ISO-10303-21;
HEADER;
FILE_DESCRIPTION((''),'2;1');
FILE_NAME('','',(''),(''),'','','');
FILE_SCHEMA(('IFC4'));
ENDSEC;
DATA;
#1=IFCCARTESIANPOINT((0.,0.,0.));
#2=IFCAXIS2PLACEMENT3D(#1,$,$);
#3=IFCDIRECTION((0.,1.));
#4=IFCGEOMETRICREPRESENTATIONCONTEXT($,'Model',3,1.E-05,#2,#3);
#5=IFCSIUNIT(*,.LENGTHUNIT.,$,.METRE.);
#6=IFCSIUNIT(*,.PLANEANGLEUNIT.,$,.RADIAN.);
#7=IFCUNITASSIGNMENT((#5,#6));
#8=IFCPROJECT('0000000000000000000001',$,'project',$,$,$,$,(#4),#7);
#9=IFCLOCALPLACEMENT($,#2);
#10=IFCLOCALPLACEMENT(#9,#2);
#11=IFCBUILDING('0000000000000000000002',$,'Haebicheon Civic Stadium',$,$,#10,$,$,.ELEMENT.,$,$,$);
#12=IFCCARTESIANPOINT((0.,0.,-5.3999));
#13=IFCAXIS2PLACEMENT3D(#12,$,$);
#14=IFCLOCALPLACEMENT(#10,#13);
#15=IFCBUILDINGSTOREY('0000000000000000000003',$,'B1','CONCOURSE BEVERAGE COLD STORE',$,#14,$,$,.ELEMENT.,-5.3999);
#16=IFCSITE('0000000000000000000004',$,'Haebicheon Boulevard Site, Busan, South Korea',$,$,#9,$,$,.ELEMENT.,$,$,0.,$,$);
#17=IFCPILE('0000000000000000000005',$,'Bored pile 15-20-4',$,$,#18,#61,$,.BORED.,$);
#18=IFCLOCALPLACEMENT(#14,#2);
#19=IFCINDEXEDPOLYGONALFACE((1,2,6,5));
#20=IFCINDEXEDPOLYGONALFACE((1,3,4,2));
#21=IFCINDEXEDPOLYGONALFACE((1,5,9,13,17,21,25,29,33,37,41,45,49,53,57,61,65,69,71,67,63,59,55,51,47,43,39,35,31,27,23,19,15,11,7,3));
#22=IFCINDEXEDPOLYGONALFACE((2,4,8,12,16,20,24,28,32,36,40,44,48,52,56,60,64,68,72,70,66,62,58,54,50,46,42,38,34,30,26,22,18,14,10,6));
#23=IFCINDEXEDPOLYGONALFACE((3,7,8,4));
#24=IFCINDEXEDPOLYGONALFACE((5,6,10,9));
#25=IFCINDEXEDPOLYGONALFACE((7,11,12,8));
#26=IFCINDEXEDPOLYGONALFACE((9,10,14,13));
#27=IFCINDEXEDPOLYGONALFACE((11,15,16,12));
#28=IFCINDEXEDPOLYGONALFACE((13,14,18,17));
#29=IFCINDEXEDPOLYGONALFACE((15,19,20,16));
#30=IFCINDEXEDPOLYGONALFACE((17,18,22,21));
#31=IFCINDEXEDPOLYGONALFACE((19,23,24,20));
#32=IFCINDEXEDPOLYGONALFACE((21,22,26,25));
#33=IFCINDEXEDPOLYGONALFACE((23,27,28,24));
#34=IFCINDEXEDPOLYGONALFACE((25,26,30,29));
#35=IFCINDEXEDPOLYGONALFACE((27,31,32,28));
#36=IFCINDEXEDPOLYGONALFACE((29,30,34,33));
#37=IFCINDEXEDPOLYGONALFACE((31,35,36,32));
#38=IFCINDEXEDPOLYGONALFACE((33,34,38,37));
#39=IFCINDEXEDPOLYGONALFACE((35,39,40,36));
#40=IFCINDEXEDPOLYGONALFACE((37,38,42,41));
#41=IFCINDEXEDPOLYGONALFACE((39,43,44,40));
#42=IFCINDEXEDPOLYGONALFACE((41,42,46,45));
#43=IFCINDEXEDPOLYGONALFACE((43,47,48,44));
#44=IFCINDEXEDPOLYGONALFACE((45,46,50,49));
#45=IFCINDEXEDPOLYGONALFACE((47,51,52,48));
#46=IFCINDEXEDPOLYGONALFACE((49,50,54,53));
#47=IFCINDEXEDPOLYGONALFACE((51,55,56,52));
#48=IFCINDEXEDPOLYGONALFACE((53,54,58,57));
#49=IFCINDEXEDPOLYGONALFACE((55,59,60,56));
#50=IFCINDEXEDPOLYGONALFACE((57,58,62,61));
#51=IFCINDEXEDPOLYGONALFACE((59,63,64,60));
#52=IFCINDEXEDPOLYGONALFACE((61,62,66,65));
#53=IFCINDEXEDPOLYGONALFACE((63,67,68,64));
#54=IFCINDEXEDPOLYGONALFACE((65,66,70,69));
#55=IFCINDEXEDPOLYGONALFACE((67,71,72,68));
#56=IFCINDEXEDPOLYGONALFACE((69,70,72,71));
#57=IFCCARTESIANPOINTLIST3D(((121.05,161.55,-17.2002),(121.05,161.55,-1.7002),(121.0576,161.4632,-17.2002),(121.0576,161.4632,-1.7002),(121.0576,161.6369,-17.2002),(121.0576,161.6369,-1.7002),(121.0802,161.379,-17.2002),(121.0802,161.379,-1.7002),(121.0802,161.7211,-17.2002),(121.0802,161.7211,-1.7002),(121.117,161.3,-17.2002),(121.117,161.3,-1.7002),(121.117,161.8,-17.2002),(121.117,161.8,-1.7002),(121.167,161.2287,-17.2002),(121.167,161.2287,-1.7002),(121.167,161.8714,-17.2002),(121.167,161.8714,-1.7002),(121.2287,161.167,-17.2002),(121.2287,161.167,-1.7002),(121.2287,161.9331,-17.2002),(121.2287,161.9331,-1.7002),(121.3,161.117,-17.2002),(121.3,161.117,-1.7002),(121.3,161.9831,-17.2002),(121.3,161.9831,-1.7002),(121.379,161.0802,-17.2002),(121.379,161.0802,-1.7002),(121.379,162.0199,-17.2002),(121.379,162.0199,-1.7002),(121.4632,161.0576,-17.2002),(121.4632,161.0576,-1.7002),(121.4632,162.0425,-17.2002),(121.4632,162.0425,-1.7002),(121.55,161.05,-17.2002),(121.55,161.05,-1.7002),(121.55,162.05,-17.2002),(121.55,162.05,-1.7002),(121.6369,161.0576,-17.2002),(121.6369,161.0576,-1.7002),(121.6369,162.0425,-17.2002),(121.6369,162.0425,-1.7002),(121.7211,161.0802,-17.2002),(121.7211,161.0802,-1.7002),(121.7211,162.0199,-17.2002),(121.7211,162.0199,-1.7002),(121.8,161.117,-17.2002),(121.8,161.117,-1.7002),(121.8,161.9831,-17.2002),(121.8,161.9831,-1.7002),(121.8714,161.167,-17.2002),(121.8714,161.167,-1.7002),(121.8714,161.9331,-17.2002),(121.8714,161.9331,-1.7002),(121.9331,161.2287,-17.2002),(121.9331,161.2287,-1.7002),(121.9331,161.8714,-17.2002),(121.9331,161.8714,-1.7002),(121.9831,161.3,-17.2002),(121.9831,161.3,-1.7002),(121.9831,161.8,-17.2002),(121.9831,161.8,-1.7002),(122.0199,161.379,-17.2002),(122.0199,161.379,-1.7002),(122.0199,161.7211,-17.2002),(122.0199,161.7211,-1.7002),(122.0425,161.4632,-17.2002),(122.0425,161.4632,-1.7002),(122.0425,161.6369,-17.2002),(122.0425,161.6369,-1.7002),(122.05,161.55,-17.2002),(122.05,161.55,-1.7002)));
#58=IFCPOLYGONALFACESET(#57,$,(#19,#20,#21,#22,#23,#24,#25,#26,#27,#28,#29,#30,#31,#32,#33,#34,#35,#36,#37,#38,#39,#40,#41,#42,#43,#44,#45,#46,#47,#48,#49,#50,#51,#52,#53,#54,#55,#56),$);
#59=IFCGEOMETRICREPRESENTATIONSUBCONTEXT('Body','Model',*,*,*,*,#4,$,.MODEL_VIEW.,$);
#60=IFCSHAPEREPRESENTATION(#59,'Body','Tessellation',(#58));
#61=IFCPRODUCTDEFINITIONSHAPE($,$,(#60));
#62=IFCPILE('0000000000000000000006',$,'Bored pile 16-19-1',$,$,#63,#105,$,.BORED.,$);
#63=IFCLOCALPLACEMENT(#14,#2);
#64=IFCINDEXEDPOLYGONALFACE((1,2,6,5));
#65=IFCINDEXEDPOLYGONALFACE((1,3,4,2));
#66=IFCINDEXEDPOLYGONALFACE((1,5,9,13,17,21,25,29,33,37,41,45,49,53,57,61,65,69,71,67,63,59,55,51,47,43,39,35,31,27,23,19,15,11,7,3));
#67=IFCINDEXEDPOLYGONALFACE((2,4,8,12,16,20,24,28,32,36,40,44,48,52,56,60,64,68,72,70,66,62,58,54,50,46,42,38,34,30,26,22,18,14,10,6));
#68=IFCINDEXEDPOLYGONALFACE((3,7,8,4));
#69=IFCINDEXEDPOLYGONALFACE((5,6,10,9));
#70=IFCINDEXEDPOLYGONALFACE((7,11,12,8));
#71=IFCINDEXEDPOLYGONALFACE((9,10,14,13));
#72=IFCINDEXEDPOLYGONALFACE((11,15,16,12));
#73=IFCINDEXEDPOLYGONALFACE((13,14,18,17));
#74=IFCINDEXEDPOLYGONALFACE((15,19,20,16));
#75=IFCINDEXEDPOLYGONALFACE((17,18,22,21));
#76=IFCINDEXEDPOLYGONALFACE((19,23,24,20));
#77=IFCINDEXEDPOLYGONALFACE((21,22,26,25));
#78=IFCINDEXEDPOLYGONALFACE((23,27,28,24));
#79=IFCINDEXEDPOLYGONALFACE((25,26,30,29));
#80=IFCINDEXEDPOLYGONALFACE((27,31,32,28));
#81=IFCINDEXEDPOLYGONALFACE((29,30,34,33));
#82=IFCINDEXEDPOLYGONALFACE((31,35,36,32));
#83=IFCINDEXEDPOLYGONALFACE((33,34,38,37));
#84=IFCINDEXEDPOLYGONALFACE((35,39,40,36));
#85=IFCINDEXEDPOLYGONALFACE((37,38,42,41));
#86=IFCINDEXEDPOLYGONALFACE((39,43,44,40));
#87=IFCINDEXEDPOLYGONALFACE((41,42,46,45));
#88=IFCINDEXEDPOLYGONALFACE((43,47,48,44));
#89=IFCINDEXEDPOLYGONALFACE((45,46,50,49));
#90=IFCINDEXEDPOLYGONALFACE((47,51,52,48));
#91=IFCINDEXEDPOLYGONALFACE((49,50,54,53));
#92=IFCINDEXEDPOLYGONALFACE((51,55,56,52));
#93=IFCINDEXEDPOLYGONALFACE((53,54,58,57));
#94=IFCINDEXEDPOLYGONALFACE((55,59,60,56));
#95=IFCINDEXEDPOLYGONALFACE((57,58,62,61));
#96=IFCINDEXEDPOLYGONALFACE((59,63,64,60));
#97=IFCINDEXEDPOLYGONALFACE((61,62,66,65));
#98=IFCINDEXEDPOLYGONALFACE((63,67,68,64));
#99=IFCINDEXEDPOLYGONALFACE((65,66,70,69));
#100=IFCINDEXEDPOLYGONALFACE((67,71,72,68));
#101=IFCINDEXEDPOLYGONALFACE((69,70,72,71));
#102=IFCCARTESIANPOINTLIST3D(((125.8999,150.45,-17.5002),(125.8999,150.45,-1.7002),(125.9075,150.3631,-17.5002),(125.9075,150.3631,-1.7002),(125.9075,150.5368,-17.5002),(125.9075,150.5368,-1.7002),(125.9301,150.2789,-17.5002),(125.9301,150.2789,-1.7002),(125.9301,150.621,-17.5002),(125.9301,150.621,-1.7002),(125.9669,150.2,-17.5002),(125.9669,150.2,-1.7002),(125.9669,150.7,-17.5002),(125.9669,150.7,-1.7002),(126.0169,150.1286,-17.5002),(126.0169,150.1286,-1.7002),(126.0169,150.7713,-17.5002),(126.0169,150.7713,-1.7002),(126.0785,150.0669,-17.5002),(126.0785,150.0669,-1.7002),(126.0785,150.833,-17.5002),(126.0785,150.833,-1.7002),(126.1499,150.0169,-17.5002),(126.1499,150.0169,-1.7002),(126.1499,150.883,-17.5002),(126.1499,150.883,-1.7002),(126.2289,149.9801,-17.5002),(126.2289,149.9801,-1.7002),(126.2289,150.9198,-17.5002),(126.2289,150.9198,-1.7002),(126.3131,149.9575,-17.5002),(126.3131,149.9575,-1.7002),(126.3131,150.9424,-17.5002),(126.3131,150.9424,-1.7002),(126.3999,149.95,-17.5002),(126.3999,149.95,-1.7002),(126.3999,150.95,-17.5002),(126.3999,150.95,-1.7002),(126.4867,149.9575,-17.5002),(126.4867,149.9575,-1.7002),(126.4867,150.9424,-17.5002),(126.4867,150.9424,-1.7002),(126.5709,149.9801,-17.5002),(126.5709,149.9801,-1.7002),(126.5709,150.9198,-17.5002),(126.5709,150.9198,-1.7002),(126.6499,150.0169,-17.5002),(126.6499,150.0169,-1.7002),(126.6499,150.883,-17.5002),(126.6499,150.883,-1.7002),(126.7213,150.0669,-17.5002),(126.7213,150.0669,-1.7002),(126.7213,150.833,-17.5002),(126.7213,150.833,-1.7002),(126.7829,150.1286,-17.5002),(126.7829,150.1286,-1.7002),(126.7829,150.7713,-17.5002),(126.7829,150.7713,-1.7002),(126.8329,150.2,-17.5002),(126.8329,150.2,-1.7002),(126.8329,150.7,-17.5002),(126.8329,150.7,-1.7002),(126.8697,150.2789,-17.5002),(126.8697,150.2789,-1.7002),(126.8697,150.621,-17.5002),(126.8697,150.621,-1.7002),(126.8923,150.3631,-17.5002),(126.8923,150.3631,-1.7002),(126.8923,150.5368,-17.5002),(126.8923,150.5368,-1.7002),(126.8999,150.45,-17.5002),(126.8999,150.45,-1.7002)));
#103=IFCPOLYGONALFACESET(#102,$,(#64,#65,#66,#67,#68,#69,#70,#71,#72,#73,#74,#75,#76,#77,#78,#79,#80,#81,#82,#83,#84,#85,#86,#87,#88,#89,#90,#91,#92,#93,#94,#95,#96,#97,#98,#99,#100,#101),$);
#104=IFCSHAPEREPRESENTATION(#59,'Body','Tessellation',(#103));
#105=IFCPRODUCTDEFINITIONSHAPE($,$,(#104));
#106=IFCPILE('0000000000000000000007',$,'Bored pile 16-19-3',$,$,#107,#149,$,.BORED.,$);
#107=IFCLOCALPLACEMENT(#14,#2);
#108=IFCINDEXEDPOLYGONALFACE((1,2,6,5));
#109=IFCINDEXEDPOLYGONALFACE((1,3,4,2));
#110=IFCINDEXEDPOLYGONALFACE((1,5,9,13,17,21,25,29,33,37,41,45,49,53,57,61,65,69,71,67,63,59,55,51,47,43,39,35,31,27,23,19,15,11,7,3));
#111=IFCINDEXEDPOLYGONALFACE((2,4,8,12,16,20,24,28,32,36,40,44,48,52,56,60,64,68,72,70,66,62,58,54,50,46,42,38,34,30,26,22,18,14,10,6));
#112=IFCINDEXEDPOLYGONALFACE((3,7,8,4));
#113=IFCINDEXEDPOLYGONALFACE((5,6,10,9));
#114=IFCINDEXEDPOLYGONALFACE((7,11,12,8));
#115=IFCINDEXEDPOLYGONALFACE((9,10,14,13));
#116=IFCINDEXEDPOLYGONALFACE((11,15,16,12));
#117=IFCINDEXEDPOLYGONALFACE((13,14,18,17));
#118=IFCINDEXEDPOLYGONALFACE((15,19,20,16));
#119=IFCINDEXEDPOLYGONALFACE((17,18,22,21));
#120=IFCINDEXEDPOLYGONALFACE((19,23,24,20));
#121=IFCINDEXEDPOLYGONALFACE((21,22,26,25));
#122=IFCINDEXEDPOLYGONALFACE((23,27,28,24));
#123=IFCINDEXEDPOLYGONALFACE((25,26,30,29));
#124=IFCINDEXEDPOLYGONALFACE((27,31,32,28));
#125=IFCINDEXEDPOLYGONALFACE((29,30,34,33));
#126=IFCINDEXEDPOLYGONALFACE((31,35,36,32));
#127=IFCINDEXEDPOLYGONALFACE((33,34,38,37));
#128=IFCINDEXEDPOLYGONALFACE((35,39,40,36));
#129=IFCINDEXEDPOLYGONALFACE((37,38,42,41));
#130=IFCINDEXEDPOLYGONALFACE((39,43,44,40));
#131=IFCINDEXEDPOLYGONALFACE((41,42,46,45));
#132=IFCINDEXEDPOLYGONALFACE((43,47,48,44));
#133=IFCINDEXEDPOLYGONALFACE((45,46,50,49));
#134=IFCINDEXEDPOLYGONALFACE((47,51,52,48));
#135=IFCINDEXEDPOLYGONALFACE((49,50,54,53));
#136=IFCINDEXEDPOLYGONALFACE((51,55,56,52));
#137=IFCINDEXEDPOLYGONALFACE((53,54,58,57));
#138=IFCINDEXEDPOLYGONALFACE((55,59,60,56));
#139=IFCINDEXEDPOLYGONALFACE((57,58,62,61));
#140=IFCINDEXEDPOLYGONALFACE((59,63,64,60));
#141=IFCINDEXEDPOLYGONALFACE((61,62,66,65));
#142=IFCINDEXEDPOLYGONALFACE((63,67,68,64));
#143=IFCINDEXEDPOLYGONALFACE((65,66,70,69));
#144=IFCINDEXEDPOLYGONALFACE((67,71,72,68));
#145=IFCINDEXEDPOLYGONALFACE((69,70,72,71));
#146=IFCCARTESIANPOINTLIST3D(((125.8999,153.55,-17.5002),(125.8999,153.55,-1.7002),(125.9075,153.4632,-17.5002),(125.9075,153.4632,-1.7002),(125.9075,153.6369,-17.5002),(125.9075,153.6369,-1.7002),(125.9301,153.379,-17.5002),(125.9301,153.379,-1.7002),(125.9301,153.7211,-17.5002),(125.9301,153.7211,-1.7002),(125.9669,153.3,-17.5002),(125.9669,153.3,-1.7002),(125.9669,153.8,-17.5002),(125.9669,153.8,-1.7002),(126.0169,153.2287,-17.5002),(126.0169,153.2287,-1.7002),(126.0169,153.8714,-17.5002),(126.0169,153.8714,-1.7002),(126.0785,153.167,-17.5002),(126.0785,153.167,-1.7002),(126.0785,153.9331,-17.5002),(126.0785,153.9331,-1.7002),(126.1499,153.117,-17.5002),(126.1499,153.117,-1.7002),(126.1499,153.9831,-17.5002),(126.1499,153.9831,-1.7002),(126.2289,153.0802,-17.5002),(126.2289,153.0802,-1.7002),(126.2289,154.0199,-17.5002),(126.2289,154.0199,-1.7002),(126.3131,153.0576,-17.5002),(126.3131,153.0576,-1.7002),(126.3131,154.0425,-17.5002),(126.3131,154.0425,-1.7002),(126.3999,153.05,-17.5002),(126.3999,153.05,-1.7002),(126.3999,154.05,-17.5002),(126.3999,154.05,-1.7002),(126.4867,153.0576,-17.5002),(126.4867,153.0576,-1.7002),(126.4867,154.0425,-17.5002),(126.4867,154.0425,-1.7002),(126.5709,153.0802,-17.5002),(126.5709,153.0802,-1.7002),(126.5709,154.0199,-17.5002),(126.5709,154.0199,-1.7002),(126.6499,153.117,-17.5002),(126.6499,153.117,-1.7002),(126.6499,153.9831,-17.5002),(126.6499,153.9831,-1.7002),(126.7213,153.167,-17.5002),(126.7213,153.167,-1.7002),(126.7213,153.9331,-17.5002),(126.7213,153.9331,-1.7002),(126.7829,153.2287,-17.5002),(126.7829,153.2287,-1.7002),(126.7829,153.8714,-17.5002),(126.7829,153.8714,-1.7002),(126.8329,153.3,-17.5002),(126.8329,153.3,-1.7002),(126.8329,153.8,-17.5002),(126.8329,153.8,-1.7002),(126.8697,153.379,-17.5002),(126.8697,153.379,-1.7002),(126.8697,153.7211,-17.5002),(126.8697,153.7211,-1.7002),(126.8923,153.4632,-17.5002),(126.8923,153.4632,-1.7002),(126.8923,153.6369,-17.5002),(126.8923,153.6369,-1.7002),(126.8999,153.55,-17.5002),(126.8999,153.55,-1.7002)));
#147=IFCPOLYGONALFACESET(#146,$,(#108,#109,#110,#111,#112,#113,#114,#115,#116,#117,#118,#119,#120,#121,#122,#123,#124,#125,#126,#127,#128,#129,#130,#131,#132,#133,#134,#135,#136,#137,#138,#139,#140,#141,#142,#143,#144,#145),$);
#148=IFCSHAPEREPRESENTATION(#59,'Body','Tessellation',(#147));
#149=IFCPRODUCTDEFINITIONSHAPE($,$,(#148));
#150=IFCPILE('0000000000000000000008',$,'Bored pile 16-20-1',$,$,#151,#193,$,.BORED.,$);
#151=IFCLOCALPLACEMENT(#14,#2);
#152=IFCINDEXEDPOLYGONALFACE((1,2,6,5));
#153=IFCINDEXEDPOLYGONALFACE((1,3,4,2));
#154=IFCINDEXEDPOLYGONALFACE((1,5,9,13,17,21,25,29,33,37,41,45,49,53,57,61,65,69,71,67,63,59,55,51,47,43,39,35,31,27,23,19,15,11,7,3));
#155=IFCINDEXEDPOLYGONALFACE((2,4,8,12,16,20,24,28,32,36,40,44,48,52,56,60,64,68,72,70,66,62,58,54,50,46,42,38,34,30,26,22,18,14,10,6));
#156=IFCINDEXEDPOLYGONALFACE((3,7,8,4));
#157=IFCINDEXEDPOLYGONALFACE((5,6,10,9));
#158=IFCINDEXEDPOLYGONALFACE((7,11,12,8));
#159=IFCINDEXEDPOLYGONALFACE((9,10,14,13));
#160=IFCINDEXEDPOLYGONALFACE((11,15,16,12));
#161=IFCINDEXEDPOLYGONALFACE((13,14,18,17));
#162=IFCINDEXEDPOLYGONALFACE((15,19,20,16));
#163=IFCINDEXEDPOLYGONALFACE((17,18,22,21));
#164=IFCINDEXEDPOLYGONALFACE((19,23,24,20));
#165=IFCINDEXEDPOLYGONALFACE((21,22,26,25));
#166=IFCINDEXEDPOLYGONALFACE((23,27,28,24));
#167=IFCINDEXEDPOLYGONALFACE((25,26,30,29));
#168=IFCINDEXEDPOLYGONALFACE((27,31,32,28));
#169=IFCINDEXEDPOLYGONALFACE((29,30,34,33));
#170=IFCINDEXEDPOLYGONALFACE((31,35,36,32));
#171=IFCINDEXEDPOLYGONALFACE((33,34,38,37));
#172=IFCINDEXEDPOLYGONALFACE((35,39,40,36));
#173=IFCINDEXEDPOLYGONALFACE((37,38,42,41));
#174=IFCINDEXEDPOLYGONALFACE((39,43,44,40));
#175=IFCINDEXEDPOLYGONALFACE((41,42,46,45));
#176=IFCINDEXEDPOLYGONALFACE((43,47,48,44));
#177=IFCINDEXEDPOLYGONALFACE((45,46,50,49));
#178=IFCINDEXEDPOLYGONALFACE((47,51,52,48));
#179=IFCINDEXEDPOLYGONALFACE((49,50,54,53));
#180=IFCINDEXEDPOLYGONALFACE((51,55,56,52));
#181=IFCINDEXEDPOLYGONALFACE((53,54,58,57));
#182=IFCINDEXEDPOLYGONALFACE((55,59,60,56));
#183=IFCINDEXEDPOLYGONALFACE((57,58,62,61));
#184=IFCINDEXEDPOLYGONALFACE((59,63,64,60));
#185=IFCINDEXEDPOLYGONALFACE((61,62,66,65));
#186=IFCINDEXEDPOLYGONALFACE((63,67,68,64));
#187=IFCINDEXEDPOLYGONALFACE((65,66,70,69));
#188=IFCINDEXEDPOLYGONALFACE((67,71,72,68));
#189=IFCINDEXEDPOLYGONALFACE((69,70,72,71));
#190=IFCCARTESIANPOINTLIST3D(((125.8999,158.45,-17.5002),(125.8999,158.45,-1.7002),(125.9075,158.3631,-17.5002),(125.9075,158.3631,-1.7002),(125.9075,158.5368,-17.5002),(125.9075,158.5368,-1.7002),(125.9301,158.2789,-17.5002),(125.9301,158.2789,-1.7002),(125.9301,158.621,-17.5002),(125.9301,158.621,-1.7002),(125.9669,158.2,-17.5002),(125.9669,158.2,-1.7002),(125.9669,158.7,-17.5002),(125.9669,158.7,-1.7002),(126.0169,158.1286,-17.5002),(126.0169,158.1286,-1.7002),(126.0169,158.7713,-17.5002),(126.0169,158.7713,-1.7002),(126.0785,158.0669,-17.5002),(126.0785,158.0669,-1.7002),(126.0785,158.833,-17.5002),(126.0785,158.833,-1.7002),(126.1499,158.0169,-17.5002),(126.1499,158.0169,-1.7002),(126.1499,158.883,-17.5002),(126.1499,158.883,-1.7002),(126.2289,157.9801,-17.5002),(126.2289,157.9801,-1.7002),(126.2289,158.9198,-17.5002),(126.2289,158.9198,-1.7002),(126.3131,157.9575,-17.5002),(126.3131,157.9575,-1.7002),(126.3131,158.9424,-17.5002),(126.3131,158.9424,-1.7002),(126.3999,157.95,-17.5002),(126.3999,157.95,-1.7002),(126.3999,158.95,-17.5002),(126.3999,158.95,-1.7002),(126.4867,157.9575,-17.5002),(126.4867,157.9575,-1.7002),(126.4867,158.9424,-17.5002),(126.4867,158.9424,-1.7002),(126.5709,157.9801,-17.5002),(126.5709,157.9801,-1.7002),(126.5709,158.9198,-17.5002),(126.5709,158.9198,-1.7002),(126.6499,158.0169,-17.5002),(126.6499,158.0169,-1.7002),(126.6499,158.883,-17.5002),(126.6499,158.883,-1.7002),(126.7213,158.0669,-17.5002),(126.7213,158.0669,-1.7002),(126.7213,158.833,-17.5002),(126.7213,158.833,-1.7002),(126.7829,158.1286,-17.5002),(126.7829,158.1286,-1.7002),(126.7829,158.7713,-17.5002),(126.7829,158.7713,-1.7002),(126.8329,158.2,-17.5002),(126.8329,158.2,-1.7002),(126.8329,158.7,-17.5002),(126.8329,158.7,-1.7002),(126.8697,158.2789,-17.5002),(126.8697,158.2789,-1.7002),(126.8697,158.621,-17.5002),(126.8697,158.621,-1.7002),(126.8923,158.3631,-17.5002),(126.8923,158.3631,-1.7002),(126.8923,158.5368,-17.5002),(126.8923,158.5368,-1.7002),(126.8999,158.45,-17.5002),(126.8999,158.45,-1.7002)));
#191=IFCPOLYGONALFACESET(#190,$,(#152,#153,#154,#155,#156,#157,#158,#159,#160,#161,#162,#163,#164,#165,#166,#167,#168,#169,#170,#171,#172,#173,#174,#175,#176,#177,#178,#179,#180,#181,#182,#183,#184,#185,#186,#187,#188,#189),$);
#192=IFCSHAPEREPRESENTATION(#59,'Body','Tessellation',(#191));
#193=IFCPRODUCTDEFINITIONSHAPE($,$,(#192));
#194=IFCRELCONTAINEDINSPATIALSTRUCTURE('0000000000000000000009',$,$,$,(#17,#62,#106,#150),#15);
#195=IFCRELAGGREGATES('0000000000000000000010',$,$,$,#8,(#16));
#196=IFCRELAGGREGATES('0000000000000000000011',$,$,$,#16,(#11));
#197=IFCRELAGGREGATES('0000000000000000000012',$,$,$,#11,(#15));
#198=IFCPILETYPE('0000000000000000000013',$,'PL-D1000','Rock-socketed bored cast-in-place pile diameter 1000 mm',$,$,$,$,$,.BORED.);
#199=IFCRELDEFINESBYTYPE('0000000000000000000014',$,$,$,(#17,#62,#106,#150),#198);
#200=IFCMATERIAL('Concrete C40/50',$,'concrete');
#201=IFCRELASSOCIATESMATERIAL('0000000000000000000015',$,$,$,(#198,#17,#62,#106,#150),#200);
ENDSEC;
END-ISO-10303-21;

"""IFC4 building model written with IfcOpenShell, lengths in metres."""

from ifc_helpers import new_model, si_unit, direction, frame, origin, origin_2d, place, context, subcontext, project, spatial, circle, extrude, material, material_profile, profile_set, type_object, element, save


model = new_model("IFC4")

# Units and contexts
model_context = context("Model", 3, precision=1e-05, world=origin(), true_north=direction((0.0, 1.0)))
body_context = subcontext(model_context, "Body", "Model", "MODEL_VIEW")
ifc_project = project(units=[si_unit("LENGTHUNIT", "METRE"), si_unit("PLANEANGLEUNIT", "RADIAN")], contexts=[model_context])

# Site, building, storey
site_placement = place(None, origin())
site = spatial("IfcSite", under=ifc_project, at=site_placement, Name="Haebicheon Boulevard Site, Busan, South Korea", CompositionType="ELEMENT", RefElevation=0.0)
building_placement = place(site_placement, origin())
building = spatial("IfcBuilding", under=site, at=building_placement, Name="Haebicheon Civic Stadium", CompositionType="ELEMENT")
storey_placement = place(building_placement, frame((0.0, 0.0, -5.3999)))
storey = spatial("IfcBuildingStorey", under=building, at=storey_placement, Name="B1", Description="CONCOURSE BEVERAGE COLD STORE", CompositionType="ELEMENT", Elevation=-5.3999)

# Piles
ifc_material_1 = material(Name="Concrete C40/50", Category="concrete")
ifc_material_profile_1 = material_profile(ifc_material_1, circle(Radius=0.5, at=origin_2d()), Name="PILE-D1000")
ifc_profile_set_1 = profile_set([ifc_material_profile_1], Name="Concrete C40/50")
pile_type = type_object("IfcPileType", Name="PL-D1000", Description="Rock-socketed bored cast-in-place pile diameter 1000 mm", PredefinedType="BORED", material=ifc_profile_set_1)
for number, where, z_axis, x_axis, name in (
    (1, (121.55, 161.55, -1.7002), (0.0, 0.0, -1.0), (1.0, 0.0, 0.0), "Bored pile 15-20-4"),
):
    element("IfcPile", number, at=place(storey_placement, frame(where, z_axis=z_axis, x_axis=x_axis)), inside=storey, type_object=pile_type, material=ifc_profile_set_1, Name=name, PredefinedType="BORED", context=body_context, shape_type="SweptSolid", body=[
        extrude(circle(Radius=0.5, at=origin_2d()), origin(), (0.0, 0.0, 1.0), 15.5),
    ])
for number, where, z_axis, x_axis, name in (
    (2, (126.3999, 150.45, -1.7002), (0.0, 0.0, -1.0), (1.0, 0.0, 0.0), "Bored pile 16-19-1"),
    (3, (126.3999, 153.55, -1.7002), (0.0, 0.0, -1.0), (1.0, 0.0, 0.0), "Bored pile 16-19-3"),
    (4, (126.3999, 158.45, -1.7002), (0.0, 0.0, -1.0), (1.0, 0.0, 0.0), "Bored pile 16-20-1"),
):
    element("IfcPile", number, at=place(storey_placement, frame(where, z_axis=z_axis, x_axis=x_axis)), inside=storey, type_object=pile_type, material=ifc_profile_set_1, Name=name, PredefinedType="BORED", context=body_context, shape_type="SweptSolid", body=[
        extrude(circle(Radius=0.5, at=origin_2d()), origin(), (0.0, 0.0, 1.0), 15.8),
    ])

save(model, "model.ifc")
